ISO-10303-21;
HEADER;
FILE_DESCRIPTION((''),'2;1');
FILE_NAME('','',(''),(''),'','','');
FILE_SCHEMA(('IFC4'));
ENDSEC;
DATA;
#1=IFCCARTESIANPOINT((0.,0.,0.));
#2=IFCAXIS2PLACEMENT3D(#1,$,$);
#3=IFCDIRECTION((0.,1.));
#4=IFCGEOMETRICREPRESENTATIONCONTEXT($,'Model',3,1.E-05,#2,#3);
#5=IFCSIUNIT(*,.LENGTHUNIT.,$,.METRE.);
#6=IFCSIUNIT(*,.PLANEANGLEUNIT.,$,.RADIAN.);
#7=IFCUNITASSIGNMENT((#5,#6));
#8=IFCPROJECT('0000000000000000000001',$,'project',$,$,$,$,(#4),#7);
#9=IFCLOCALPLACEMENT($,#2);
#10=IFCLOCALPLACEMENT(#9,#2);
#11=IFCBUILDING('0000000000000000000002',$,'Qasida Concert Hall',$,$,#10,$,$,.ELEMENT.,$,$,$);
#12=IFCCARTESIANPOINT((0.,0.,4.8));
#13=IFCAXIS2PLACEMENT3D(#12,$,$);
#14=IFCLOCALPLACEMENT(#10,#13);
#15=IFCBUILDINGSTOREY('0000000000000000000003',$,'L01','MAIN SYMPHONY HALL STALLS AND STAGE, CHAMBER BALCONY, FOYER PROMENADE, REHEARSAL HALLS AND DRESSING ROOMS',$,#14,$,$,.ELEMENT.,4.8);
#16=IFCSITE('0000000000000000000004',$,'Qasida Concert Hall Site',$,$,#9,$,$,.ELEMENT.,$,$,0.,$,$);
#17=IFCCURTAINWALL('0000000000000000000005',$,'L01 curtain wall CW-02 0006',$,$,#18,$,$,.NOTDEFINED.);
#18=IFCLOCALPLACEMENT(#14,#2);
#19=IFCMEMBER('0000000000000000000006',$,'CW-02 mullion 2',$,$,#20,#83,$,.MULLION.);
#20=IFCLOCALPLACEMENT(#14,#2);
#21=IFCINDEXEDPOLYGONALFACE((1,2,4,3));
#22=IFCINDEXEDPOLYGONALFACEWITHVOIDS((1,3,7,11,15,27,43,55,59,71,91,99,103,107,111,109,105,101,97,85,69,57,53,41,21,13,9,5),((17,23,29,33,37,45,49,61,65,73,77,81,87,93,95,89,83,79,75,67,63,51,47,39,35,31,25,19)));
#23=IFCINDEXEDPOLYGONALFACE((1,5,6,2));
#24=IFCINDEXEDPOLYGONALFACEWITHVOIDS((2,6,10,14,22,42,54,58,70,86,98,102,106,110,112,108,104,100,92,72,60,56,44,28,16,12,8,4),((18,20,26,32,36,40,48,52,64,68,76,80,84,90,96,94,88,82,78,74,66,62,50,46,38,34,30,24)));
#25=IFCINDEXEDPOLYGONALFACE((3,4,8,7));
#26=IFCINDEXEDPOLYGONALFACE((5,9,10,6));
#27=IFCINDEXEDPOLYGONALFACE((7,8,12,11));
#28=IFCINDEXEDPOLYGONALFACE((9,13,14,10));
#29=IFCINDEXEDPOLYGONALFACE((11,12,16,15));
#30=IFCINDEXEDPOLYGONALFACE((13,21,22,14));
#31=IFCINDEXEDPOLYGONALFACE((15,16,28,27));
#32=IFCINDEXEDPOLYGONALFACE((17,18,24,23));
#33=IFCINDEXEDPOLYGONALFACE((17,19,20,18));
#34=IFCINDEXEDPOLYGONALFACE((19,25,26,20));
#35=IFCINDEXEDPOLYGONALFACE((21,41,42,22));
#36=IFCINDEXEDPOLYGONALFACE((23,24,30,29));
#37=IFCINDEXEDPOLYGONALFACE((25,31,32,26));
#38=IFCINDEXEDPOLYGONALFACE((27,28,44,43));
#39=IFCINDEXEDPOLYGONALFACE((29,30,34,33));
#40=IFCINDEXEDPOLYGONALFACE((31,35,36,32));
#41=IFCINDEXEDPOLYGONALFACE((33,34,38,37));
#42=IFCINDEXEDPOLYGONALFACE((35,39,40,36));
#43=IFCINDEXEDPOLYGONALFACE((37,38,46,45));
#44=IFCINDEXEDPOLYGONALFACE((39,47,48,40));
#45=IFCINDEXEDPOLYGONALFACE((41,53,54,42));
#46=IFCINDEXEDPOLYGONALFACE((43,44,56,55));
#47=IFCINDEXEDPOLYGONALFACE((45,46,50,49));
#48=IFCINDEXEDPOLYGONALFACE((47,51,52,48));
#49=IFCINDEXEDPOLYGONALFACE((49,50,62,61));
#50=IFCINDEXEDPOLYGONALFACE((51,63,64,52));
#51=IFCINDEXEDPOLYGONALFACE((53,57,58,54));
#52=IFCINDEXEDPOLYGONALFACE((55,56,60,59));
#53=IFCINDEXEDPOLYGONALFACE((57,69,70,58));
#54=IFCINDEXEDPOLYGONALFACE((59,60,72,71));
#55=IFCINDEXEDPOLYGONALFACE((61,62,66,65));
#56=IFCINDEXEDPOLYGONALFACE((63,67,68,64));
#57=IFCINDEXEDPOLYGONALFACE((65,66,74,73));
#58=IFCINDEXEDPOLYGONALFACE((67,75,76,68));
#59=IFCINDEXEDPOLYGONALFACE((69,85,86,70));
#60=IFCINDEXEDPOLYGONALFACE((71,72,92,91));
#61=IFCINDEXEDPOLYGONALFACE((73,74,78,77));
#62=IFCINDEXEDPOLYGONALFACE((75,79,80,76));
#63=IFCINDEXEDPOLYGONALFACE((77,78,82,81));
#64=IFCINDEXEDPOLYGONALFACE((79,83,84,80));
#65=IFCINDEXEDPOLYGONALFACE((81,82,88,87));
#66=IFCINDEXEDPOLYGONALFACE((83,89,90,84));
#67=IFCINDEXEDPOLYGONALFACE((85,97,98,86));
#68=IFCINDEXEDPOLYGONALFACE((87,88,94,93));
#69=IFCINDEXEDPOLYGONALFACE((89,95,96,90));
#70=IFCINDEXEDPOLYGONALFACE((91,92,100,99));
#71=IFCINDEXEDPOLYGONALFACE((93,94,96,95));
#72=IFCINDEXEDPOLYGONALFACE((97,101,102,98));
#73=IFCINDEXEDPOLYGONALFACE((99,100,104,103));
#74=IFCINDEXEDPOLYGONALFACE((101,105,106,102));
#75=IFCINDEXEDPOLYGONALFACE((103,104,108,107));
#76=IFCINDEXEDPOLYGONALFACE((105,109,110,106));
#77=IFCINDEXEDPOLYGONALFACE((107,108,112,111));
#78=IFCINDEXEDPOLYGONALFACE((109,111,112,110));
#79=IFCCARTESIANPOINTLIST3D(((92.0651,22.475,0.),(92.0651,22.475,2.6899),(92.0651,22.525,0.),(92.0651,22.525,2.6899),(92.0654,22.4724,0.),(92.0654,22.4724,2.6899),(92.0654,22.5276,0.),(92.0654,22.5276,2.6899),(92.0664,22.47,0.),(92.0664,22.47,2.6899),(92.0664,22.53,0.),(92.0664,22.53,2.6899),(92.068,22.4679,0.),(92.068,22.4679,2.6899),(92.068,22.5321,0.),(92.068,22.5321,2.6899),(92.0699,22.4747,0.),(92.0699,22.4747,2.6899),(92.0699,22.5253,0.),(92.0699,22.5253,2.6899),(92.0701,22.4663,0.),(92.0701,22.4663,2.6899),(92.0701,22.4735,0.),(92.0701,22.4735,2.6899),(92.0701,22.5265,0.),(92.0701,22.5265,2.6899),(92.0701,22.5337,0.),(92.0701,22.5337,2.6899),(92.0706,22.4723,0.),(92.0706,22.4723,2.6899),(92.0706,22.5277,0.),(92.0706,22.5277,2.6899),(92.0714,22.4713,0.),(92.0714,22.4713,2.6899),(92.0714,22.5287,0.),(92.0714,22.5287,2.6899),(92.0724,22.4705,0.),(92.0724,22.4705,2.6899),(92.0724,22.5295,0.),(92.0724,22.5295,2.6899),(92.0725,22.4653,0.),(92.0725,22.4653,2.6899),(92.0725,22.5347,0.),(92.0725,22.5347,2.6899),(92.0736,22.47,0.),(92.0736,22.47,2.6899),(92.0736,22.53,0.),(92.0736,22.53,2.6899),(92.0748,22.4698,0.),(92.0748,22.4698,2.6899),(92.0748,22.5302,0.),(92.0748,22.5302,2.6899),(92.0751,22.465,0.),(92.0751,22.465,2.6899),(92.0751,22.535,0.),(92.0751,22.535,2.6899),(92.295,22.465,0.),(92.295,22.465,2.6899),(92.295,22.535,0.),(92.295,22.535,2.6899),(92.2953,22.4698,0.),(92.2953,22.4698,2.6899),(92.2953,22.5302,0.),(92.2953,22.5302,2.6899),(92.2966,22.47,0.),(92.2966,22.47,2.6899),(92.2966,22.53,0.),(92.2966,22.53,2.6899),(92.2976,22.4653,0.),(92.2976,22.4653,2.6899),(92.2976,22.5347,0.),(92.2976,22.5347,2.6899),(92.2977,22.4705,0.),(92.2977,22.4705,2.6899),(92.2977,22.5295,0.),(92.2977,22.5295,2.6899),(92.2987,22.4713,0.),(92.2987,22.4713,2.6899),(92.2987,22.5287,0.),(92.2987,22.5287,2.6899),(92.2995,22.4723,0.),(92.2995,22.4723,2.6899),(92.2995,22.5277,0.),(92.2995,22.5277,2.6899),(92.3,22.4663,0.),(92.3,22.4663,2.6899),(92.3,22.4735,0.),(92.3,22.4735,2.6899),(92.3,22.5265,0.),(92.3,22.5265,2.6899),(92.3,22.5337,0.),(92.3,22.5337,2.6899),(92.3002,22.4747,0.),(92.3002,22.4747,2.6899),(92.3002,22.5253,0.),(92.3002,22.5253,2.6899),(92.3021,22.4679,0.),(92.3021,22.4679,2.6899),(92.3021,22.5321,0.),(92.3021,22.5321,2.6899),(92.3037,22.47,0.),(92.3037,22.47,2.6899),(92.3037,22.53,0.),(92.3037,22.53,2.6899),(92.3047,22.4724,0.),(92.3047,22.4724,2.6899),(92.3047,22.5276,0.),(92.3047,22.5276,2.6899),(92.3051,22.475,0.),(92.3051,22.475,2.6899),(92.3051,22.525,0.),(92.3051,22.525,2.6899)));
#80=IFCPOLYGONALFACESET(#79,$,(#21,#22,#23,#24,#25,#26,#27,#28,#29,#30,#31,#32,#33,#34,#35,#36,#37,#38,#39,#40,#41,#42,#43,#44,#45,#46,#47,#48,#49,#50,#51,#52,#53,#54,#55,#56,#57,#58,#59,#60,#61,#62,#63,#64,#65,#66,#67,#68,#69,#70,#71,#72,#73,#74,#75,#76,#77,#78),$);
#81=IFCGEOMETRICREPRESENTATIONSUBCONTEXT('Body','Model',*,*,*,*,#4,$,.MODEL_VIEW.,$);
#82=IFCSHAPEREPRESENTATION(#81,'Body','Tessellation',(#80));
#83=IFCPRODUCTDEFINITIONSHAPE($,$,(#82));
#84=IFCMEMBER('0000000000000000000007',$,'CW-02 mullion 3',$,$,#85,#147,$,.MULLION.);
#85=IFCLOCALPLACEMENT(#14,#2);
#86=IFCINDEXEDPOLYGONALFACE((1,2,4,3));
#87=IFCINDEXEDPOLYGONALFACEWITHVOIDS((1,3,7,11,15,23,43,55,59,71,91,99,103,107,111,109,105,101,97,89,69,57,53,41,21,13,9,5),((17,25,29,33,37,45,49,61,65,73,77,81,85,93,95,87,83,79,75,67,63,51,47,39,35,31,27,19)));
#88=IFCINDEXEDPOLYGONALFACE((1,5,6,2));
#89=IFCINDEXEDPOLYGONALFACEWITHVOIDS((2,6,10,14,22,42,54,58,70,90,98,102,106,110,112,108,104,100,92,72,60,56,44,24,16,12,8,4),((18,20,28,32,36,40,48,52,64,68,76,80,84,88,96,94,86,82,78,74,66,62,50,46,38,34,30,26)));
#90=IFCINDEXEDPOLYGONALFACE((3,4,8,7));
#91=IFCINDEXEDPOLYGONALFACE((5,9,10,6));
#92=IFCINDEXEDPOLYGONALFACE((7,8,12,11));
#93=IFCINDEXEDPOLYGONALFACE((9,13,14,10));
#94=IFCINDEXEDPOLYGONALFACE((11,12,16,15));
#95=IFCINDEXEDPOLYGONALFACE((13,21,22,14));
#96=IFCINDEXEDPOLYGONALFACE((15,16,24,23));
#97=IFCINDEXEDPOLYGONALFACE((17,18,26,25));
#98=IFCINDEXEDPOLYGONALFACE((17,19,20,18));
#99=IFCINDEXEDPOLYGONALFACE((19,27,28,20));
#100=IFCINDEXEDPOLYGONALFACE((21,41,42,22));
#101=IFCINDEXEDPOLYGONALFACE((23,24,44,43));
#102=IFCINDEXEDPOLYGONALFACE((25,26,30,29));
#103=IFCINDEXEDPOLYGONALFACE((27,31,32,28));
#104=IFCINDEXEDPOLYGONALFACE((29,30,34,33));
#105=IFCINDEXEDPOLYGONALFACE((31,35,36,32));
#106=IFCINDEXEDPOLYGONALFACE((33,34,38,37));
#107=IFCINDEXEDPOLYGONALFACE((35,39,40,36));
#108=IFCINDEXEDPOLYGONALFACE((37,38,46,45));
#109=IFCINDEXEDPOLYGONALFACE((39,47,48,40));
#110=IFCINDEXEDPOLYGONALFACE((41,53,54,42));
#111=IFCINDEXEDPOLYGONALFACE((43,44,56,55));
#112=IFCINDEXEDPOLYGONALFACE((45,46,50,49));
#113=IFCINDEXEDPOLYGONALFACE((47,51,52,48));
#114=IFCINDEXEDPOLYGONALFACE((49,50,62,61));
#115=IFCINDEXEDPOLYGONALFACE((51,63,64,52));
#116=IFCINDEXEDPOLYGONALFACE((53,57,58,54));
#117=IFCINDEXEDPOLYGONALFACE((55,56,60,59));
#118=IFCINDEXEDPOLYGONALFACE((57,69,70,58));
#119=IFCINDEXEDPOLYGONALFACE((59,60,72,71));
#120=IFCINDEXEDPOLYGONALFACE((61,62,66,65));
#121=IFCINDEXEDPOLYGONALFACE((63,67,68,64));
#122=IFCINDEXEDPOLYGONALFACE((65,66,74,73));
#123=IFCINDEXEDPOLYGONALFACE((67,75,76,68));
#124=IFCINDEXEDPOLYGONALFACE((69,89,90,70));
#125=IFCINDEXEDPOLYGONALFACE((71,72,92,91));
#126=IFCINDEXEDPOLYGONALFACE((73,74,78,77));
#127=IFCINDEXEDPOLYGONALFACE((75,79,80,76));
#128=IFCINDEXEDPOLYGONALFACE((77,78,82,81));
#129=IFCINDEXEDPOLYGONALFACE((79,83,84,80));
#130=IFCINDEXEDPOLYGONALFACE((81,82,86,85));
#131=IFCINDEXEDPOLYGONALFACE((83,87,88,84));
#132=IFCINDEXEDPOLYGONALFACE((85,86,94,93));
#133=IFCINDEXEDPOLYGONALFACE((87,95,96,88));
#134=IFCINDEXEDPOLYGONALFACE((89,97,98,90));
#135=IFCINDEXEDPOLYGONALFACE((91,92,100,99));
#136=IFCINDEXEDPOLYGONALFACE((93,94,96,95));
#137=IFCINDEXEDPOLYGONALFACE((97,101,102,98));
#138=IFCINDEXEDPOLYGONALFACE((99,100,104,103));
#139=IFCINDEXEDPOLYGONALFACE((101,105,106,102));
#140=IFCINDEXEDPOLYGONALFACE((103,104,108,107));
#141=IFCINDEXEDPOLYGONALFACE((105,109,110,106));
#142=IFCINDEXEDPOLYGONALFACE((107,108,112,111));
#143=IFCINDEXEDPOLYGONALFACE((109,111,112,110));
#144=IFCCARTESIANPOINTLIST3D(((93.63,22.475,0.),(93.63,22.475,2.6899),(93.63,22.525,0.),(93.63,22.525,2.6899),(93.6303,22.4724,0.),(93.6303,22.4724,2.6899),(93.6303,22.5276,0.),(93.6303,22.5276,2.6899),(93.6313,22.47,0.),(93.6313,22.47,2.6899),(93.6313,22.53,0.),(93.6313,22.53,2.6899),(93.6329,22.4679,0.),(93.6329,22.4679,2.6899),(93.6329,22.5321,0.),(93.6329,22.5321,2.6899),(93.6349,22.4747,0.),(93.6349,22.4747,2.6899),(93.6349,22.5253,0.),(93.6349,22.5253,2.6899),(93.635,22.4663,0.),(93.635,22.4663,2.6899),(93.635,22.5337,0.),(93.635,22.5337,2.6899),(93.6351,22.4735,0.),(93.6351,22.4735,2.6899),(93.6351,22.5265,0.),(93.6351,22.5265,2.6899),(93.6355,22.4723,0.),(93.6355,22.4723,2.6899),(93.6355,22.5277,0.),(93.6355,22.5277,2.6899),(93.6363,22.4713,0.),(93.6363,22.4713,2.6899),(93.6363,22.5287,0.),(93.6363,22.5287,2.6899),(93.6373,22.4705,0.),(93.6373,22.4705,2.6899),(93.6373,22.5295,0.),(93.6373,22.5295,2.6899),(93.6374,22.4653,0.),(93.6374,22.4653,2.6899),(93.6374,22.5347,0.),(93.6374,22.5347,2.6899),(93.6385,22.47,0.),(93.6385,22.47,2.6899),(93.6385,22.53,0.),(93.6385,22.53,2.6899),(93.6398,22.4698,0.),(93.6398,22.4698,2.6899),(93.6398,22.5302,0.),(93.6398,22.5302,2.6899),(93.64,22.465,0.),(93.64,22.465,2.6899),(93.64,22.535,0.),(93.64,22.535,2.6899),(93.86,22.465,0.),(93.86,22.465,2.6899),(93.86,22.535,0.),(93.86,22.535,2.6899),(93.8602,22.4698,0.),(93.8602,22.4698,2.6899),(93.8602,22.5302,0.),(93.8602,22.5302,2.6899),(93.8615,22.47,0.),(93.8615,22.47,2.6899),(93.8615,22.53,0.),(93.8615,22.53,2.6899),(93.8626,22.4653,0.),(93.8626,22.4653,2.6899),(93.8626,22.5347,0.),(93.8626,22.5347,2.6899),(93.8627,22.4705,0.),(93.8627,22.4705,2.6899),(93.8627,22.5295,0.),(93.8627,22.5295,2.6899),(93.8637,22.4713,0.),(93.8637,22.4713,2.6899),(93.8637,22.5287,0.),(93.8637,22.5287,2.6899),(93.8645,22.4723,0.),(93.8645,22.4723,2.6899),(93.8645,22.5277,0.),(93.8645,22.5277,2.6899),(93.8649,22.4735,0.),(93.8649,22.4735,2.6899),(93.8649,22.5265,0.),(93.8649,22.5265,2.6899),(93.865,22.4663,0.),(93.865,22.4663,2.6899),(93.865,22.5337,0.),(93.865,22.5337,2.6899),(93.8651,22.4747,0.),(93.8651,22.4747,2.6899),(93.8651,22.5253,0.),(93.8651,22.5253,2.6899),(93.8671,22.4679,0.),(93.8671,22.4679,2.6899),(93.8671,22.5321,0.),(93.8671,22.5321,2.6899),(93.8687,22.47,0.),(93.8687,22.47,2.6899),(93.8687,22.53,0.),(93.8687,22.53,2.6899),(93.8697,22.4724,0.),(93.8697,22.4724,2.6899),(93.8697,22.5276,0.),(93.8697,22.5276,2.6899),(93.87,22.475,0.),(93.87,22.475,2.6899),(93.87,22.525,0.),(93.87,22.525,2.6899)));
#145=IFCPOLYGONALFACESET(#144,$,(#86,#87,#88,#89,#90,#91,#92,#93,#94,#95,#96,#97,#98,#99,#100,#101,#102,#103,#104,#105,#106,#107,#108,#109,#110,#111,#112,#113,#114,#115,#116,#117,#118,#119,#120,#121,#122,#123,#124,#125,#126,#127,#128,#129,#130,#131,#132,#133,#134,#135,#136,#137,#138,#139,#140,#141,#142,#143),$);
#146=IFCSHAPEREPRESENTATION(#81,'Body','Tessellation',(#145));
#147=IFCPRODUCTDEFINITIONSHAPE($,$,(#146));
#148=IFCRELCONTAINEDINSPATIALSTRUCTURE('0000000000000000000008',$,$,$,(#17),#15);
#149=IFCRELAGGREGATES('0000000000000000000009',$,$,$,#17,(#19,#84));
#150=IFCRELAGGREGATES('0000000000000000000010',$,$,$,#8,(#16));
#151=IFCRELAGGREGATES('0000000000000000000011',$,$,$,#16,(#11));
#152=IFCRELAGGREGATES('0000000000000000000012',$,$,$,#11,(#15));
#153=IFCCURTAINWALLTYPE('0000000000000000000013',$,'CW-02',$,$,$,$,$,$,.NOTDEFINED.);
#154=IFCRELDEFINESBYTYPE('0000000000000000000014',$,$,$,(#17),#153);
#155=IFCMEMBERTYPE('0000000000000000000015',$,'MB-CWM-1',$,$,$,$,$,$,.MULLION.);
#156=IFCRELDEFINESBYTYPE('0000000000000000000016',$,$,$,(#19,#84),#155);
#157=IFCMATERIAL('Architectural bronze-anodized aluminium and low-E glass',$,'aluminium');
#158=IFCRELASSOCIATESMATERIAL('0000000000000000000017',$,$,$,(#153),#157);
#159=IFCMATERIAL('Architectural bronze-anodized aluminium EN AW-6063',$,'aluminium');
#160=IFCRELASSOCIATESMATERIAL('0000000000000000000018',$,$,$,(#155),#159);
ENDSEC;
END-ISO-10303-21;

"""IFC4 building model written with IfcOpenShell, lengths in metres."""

from ifc_helpers import new_model, si_unit, direction, frame, origin, origin_2d, place, context, subcontext, project, spatial, hollow_rectangle, extrude, material, material_profile, profile_set, type_object, element, aggregate, save


model = new_model("IFC4")

# Units and contexts
model_context = context("Model", 3, precision=1e-05, world=origin(), true_north=direction((0.0, 1.0)))
body_context = subcontext(model_context, "Body", "Model", "MODEL_VIEW")
ifc_project = project(units=[si_unit("LENGTHUNIT", "METRE"), si_unit("PLANEANGLEUNIT", "RADIAN")], contexts=[model_context])

# Site, building, storey
site_placement = place(None, origin())
site = spatial("IfcSite", under=ifc_project, at=site_placement, Name="Qasida Concert Hall Site", CompositionType="ELEMENT", RefElevation=0.0)
building_placement = place(site_placement, origin())
building = spatial("IfcBuilding", under=site, at=building_placement, Name="Qasida Concert Hall", CompositionType="ELEMENT")
storey_placement = place(building_placement, frame((0.0, 0.0, 4.8)))
storey = spatial("IfcBuildingStorey", under=building, at=storey_placement, Name="L01", Description="MAIN SYMPHONY HALL STALLS AND STAGE, CHAMBER BALCONY, FOYER PROMENADE, REHEARSAL HALLS AND DRESSING ROOMS", CompositionType="ELEMENT", Elevation=4.8)

# Curtain wall, members
ifc_material_1 = material(Name="Architectural bronze-anodized aluminium and low-E glass", Category="aluminium")
curtain_wall_type = type_object("IfcCurtainWallType", Name="CW-02", PredefinedType="NOTDEFINED", material=ifc_material_1)
curtain_wall_placement = place(storey_placement, origin())
curtain_wall = element("IfcCurtainWall", 1, at=curtain_wall_placement, inside=storey, type_object=curtain_wall_type, Name="L01 curtain wall CW-02 0006", PredefinedType="NOTDEFINED")
ifc_material_2 = material(Name="Architectural bronze-anodized aluminium EN AW-6063", Category="aluminium")
ifc_material_profile_1 = material_profile(ifc_material_2, hollow_rectangle(XDim=0.0701, YDim=0.24, WallThickness=0.0049, InnerFilletRadius=0.0049, OuterFilletRadius=0.01, at=origin_2d()), Name="CWM 240x70x5")
ifc_profile_set_1 = profile_set([ifc_material_profile_1], Name="Architectural bronze-anodized aluminium EN AW-6063")
member_type_1 = type_object("IfcMemberType", Name="MB-CWM-1", PredefinedType="MULLION", material=ifc_profile_set_1)
member_1_placement = place(storey_placement, frame((92.1851, 22.5, 0.0), z_axis=(0.0, 0.0, 1.0), x_axis=(0.0, 1.0, 0.0)))
member_1 = element("IfcMember", 2, at=member_1_placement, type_object=member_type_1, Name="CW-02 mullion 2", PredefinedType="MULLION", context=body_context, shape_type="SweptSolid", body=[
    extrude(hollow_rectangle(XDim=0.0701, YDim=0.24, WallThickness=0.0049, InnerFilletRadius=0.0049, OuterFilletRadius=0.01, at=origin_2d()), origin(), (0.0, 0.0, 1.0), 2.6899),
])
member_2_placement = place(storey_placement, frame((93.75, 22.5, 0.0), z_axis=(0.0, 0.0, 1.0), x_axis=(0.0, 1.0, 0.0)))
member_2 = element("IfcMember", 3, at=member_2_placement, type_object=member_type_1, Name="CW-02 mullion 3", PredefinedType="MULLION", context=body_context, shape_type="SweptSolid", body=[
    extrude(hollow_rectangle(XDim=0.0701, YDim=0.24, WallThickness=0.0049, InnerFilletRadius=0.0049, OuterFilletRadius=0.01, at=origin_2d()), origin(), (0.0, 0.0, 1.0), 2.6899),
])
aggregate(curtain_wall, [member_1, member_2])

save(model, "model.ifc")
